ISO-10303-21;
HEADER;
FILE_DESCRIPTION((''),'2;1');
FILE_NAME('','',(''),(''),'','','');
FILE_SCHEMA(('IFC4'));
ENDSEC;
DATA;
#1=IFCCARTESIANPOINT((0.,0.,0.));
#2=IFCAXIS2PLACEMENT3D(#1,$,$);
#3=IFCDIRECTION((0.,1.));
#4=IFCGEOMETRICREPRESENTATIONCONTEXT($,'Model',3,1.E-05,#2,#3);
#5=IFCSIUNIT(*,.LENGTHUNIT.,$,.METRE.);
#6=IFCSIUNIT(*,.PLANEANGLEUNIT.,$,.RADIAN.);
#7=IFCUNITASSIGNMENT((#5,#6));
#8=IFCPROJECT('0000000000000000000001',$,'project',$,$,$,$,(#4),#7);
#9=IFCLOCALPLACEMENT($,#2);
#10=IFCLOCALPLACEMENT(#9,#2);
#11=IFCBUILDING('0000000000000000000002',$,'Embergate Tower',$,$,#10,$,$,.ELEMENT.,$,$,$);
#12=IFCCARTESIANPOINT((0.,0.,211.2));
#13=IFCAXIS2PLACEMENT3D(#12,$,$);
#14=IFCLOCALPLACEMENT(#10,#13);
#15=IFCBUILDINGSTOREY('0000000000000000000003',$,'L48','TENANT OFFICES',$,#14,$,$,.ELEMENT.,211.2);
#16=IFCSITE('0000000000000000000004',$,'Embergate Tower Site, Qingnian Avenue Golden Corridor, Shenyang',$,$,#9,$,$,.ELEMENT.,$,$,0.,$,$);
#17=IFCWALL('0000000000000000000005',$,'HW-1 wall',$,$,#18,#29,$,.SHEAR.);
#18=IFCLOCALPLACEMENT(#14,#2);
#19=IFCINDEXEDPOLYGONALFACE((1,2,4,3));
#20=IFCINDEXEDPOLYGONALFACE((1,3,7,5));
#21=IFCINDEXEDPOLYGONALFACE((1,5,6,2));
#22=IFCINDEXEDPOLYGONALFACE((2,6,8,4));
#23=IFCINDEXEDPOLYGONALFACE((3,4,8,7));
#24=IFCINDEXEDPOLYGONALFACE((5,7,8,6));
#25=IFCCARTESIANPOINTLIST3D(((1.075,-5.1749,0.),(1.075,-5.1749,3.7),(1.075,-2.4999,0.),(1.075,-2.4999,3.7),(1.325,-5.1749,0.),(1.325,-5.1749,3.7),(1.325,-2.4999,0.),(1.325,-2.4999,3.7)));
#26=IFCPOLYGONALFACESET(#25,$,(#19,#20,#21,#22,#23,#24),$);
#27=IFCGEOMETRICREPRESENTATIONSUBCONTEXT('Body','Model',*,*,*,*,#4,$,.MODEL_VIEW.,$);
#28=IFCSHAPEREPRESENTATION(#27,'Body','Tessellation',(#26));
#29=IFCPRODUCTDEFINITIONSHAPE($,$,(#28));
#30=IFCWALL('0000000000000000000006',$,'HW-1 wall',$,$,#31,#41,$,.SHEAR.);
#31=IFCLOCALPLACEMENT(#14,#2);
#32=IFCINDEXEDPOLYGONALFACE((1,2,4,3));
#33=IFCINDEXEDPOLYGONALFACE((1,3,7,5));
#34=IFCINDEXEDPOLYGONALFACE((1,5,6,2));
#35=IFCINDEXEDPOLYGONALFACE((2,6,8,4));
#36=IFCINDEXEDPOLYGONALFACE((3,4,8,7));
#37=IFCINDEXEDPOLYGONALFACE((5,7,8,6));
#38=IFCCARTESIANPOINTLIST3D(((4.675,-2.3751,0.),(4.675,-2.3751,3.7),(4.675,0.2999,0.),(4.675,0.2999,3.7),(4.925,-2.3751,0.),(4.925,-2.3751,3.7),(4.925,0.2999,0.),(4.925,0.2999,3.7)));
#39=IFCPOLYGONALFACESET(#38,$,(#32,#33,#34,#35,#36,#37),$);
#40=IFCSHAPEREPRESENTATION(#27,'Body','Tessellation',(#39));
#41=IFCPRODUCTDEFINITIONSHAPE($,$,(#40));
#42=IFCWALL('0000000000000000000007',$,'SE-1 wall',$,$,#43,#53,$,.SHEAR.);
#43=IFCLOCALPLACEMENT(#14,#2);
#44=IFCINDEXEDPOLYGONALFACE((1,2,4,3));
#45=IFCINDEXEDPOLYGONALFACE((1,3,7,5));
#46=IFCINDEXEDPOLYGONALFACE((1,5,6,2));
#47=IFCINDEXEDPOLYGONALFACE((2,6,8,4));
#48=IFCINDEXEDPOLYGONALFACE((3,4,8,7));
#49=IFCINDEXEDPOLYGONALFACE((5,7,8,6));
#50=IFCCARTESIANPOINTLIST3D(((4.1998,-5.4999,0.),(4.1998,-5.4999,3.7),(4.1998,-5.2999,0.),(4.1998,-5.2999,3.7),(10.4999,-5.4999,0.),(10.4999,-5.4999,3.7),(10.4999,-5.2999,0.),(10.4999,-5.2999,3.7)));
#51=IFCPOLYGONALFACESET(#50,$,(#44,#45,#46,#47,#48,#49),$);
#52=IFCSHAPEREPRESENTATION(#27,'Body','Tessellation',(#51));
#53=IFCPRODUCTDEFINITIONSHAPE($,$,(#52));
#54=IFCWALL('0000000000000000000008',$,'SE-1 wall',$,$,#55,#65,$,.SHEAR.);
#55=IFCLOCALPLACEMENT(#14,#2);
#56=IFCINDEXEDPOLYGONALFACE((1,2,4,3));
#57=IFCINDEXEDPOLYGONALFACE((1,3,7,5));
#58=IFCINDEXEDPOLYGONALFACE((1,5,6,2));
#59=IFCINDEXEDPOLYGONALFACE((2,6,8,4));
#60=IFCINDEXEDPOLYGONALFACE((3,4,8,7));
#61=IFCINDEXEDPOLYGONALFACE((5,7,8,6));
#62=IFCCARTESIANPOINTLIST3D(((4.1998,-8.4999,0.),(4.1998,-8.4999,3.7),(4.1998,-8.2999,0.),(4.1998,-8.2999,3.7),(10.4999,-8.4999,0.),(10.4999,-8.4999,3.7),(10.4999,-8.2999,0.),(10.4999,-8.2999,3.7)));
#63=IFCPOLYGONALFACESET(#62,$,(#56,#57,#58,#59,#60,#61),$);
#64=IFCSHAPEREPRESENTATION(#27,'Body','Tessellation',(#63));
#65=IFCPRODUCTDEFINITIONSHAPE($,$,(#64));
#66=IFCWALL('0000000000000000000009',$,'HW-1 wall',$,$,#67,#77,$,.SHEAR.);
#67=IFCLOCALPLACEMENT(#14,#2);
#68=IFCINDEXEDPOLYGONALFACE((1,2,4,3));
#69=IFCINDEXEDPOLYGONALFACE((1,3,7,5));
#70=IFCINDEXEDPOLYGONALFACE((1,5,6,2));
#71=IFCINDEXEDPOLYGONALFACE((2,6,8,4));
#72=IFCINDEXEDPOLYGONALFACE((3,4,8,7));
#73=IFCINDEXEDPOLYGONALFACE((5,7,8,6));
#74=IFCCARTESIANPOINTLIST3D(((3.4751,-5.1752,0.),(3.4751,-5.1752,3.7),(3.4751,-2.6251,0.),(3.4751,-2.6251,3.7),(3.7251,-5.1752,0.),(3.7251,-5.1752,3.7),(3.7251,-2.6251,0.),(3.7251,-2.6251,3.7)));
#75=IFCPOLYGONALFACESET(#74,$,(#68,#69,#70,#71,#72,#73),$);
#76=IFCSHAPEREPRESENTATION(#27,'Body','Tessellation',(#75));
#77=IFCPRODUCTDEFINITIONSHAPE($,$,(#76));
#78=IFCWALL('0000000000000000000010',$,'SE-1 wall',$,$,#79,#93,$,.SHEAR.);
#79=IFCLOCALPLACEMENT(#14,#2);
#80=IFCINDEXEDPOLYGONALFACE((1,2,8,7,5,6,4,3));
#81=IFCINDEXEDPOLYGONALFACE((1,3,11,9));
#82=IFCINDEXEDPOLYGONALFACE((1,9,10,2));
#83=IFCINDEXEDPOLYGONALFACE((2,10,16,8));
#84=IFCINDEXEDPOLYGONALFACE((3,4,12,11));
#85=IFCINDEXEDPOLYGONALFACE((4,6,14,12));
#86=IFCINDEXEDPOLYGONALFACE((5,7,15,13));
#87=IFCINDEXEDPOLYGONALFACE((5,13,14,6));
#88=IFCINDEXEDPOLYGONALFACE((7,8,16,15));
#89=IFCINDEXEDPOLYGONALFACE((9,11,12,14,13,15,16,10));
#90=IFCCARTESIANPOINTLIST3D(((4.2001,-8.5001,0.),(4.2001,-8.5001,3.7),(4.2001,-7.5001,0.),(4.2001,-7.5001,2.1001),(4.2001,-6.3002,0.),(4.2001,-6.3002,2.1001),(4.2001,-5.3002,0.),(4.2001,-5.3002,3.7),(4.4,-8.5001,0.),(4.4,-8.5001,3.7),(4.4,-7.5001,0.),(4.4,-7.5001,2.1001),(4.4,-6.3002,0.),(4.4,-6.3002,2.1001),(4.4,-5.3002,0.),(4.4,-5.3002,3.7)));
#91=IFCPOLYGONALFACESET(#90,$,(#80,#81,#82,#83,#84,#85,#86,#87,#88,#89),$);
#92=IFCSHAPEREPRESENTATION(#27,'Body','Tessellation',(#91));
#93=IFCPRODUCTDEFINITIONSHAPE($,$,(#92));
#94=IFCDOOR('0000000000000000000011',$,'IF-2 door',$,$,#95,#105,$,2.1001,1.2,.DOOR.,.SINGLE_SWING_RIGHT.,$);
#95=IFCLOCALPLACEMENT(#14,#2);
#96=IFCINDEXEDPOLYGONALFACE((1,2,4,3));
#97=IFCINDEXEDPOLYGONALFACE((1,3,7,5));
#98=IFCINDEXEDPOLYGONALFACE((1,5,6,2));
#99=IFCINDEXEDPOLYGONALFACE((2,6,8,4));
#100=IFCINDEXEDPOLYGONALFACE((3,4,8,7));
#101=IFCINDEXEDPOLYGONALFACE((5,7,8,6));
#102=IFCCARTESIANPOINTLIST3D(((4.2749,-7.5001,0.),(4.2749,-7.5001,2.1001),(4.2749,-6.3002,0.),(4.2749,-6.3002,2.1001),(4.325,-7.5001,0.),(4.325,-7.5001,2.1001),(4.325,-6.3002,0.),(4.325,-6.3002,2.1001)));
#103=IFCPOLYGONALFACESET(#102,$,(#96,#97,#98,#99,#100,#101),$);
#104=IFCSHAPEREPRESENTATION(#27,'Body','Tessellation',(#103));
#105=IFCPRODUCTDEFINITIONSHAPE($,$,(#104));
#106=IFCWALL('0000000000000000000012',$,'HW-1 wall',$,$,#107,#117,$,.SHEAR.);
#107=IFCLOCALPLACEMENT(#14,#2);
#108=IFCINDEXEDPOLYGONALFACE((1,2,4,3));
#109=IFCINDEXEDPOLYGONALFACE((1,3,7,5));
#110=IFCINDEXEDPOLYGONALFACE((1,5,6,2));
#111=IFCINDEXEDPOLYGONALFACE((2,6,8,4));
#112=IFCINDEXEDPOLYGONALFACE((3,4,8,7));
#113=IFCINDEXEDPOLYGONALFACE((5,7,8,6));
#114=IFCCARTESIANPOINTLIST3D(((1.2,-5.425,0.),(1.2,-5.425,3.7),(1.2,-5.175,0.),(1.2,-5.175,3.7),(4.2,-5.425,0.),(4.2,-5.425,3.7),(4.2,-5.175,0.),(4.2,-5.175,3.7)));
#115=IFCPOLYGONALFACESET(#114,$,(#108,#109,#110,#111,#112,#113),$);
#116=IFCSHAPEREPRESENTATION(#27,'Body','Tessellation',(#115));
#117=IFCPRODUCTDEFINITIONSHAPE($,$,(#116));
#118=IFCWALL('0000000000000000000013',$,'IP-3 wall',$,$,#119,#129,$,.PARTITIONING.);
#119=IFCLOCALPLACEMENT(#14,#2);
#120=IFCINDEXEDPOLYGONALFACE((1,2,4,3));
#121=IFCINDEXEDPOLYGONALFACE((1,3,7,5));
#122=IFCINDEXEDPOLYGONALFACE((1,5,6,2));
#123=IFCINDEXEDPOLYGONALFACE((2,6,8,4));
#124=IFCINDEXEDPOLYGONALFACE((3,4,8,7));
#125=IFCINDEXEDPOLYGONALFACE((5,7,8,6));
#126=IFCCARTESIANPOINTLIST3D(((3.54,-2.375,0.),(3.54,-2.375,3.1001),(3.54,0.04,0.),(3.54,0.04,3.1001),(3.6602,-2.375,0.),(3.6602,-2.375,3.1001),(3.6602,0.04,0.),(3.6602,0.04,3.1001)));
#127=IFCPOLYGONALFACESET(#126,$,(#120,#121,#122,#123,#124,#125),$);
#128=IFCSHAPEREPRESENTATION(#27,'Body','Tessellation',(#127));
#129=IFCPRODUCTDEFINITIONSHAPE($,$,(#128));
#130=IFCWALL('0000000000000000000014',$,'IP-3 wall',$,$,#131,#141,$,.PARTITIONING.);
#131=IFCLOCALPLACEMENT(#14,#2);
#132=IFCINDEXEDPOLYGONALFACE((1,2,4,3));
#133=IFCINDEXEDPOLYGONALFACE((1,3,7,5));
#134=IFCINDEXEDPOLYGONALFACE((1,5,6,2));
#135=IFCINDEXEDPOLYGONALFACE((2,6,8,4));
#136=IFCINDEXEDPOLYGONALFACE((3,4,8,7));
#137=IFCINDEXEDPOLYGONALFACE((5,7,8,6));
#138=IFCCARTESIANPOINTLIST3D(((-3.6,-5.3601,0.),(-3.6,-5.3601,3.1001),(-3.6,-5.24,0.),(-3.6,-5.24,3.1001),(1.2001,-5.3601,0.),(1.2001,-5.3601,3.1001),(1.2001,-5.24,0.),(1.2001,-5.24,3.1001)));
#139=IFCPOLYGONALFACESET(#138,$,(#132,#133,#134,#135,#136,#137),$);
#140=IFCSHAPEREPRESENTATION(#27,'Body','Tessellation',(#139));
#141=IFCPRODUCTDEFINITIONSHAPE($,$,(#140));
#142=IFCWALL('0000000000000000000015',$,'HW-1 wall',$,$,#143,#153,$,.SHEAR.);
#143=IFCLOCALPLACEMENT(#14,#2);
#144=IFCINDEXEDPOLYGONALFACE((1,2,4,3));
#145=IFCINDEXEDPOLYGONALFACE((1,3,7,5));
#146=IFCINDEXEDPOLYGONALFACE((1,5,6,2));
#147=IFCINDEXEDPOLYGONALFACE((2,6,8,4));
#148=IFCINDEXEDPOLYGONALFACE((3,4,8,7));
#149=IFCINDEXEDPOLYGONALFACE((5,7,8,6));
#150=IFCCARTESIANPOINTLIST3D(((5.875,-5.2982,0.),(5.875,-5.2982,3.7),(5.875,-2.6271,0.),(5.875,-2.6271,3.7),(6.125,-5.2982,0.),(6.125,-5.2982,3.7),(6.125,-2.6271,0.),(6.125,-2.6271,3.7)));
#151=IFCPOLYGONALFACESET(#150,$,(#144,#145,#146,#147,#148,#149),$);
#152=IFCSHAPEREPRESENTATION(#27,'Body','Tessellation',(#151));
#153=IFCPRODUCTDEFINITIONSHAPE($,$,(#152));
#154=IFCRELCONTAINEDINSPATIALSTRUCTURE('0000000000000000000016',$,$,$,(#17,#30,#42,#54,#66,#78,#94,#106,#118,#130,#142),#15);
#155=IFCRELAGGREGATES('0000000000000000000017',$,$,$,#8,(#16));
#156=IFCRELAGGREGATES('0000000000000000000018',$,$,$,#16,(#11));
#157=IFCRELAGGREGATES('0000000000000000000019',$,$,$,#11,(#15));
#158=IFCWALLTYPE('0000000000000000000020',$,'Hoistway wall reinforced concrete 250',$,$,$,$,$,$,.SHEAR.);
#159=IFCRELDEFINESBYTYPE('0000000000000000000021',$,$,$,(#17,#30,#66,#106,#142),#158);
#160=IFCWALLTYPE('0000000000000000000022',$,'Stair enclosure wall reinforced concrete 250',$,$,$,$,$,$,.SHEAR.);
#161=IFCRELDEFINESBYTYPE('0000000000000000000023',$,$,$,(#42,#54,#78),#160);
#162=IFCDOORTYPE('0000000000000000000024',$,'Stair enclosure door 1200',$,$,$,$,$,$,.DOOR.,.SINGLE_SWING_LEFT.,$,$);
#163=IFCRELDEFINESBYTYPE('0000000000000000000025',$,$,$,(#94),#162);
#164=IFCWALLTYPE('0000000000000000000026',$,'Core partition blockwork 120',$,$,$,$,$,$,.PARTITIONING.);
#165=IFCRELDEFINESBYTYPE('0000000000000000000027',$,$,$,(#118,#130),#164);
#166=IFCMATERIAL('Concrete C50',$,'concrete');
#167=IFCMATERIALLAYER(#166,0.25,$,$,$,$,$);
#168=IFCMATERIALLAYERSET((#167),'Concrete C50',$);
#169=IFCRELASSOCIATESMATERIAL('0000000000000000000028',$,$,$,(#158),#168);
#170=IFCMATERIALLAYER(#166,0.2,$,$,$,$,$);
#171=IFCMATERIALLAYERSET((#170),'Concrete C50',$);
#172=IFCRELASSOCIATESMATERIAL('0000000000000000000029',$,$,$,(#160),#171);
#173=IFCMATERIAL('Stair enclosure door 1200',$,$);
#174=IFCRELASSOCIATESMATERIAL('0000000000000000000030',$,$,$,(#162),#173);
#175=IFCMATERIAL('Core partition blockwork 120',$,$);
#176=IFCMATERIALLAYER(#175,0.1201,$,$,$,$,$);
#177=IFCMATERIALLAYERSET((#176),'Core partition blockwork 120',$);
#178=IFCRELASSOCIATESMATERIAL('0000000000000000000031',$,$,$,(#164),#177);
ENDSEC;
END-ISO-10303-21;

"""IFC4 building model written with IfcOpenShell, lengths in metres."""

from ifc_helpers import new_model, si_unit, direction, frame, frame_2d, origin, place, context, subcontext, project, spatial, rectangle, extrude, source, transform, mapped, material, layer, layer_set, type_object, element, fill, save


model = new_model("IFC4")

# Units and contexts
model_context = context("Model", 3, precision=1e-05, world=origin(), true_north=direction((0.0, 1.0)))
body_context = subcontext(model_context, "Body", "Model", "MODEL_VIEW")
ifc_project = project(units=[si_unit("LENGTHUNIT", "METRE"), si_unit("PLANEANGLEUNIT", "RADIAN")], contexts=[model_context])

# Site, building, storey
site_placement = place(None, origin())
site = spatial("IfcSite", under=ifc_project, at=site_placement, Name="Embergate Tower Site, Qingnian Avenue Golden Corridor, Shenyang", CompositionType="ELEMENT", RefElevation=0.0)
building_placement = place(site_placement, origin())
building = spatial("IfcBuilding", under=site, at=building_placement, Name="Embergate Tower", CompositionType="ELEMENT")
storey_placement = place(building_placement, frame((0.0, 0.0, 211.2)))
storey = spatial("IfcBuildingStorey", under=building, at=storey_placement, Name="L48", Description="TENANT OFFICES", CompositionType="ELEMENT", Elevation=211.2)

# Walls
ifc_material_1 = material(Name="Concrete C50", Category="concrete")
ifc_layer_1 = layer(ifc_material_1, 0.25)
ifc_layer_set_1 = layer_set([ifc_layer_1], Name="Concrete C50")
wall_type_1 = type_object("IfcWallType", Name="Hoistway wall reinforced concrete 250", PredefinedType="SHEAR", material=ifc_layer_set_1)
shared_shape_1 = source(origin(), body_context, "Body", "SweptSolid", [
    extrude(rectangle(XDim=2.675, YDim=0.25, at=frame_2d((1.3374, 0.0))), origin(), (0.0, 0.0, 1.0), 3.7),
])
for number, where, z_axis, x_axis, name in (
    (1, (1.2, -2.5, 0.0), (0.0, 0.0, 1.0), (0.0, -1.0, 0.0), "HW-1 wall"),
    (2, (4.8, -2.375, 0.0), (0.0, 0.0, 1.0), (0.0, 1.0, 0.0), "HW-1 wall"),
):
    element("IfcWall", number, at=place(storey_placement, frame(where, z_axis=z_axis, x_axis=x_axis)), inside=storey, type_object=wall_type_1, Name=name, PredefinedType="SHEAR", context=body_context, shape_type="MappedRepresentation", body=[
        mapped(shared_shape_1, transform((0.0, 0.0, 0.0))),
    ])
ifc_layer_2 = layer(ifc_material_1, 0.2)
ifc_layer_set_2 = layer_set([ifc_layer_2], Name="Concrete C50")
wall_type_2 = type_object("IfcWallType", Name="Stair enclosure wall reinforced concrete 250", PredefinedType="SHEAR", material=ifc_layer_set_2)
shared_shape_2 = source(origin(), body_context, "Body", "SweptSolid", [
    extrude(rectangle(XDim=6.3, YDim=0.2, at=frame_2d((3.1499, 0.0))), origin(), (0.0, 0.0, 1.0), 3.7),
])
for number, where, z_axis, x_axis, name in (
    (3, (4.2, -5.3999, 0.0), (0.0, 0.0, 1.0), (1.0, 0.0, 0.0), "SE-1 wall"),
    (4, (4.2, -8.3999, 0.0), (0.0, 0.0, 1.0), (1.0, 0.0, 0.0), "SE-1 wall"),
):
    element("IfcWall", number, at=place(storey_placement, frame(where, z_axis=z_axis, x_axis=x_axis)), inside=storey, type_object=wall_type_2, Name=name, PredefinedType="SHEAR", context=body_context, shape_type="MappedRepresentation", body=[
        mapped(shared_shape_2, transform((0.0, 0.0, 0.0))),
    ])
shared_shape_3 = source(origin(), body_context, "Body", "SweptSolid", [
    extrude(rectangle(XDim=2.55, YDim=0.25, at=frame_2d((1.2749, 0.0))), origin(), (0.0, 0.0, 1.0), 3.7),
])
wall_1_placement = place(storey_placement, frame((3.6001, -5.175, 0.0), z_axis=(0.0, 0.0, 1.0), x_axis=(0.0, 1.0, 0.0)))
element("IfcWall", 5, at=wall_1_placement, inside=storey, type_object=wall_type_1, Name="HW-1 wall", PredefinedType="SHEAR", context=body_context, shape_type="MappedRepresentation", body=[
    mapped(shared_shape_3, transform((0.0, 0.0, 0.0))),
])

# Wall, opening, door
shared_shape_4 = source(origin(), body_context, "Body", "SweptSolid", [
    extrude(rectangle(XDim=3.2, YDim=0.2, at=frame_2d((1.6001, 0.0))), origin(), (0.0, 0.0, 1.0), 3.7),
])
wall_2_placement = place(storey_placement, frame((4.3, -5.3, 0.0), z_axis=(0.0, 0.0, 1.0), x_axis=(0.0, -1.0, 0.0)))
wall_2 = element("IfcWall", 6, at=wall_2_placement, inside=storey, type_object=wall_type_2, Name="SE-1 wall", PredefinedType="SHEAR", context=body_context, shape_type="MappedRepresentation", body=[
    mapped(shared_shape_4, transform((0.0, 0.0, 0.0))),
])
shared_shape_5 = source(origin(), body_context, "Body", "SweptSolid", [
    extrude(rectangle(XDim=1.2, YDim=2.1001, at=frame_2d((0.6001, 1.05))), frame((0.0, 0.1099, 0.0), z_axis=(0.0, -1.0, 0.0), x_axis=(1.0, 0.0, 0.0)), (0.0, 0.0, 1.0), 0.22),
])
opening_placement = place(wall_2_placement, frame((1.0, 0.0, 0.0)))
opening = element("IfcOpeningElement", 7, at=opening_placement, cuts=wall_2, PredefinedType="OPENING", context=body_context, shape_type="MappedRepresentation", body=[
    mapped(shared_shape_5, transform((0.0, 0.0, 0.0))),
])
ifc_material_2 = material(Name="Stair enclosure door 1200")
door_type = type_object("IfcDoorType", Name="Stair enclosure door 1200", OperationType="SINGLE_SWING_LEFT", PredefinedType="DOOR", material=ifc_material_2)
shared_shape_6 = source(origin(), body_context, "Body", "SweptSolid", [
    extrude(rectangle(XDim=1.2, YDim=2.1001, at=frame_2d((0.6001, 1.05))), frame((0.0, 0.0249, 0.0), z_axis=(0.0, -1.0, 0.0), x_axis=(1.0, 0.0, 0.0)), (0.0, 0.0, 1.0), 0.05),
])
door_placement = place(opening_placement, origin())
door = element("IfcDoor", 8, at=door_placement, inside=storey, type_object=door_type, Name="IF-2 door", OperationType="SINGLE_SWING_RIGHT", OverallHeight=2.1001, OverallWidth=1.2, PredefinedType="DOOR", context=body_context, shape_type="MappedRepresentation", body=[
    mapped(shared_shape_6, transform((0.0, 0.0, 0.0))),
])
fill(opening, door)

# Walls
shared_shape_7 = source(origin(), body_context, "Body", "SweptSolid", [
    extrude(rectangle(XDim=3.0, YDim=0.25, at=frame_2d((1.5, 0.0))), origin(), (0.0, 0.0, 1.0), 3.7),
])
wall_3_placement = place(storey_placement, frame((1.2, -5.3, 0.0), z_axis=(0.0, 0.0, 1.0), x_axis=(1.0, 0.0, 0.0)))
element("IfcWall", 9, at=wall_3_placement, inside=storey, type_object=wall_type_1, Name="HW-1 wall", PredefinedType="SHEAR", context=body_context, shape_type="MappedRepresentation", body=[
    mapped(shared_shape_7, transform((0.0, 0.0, 0.0))),
])
ifc_material_3 = material(Name="Core partition blockwork 120")
ifc_layer_3 = layer(ifc_material_3, 0.1201)
ifc_layer_set_3 = layer_set([ifc_layer_3], Name="Core partition blockwork 120")
wall_type_3 = type_object("IfcWallType", Name="Core partition blockwork 120", PredefinedType="PARTITIONING", material=ifc_layer_set_3)
shared_shape_8 = source(origin(), body_context, "Body", "SweptSolid", [
    extrude(rectangle(XDim=2.415, YDim=0.1201, at=frame_2d((1.2075, 0.0))), origin(), (0.0, 0.0, 1.0), 3.1001),
])
wall_4_placement = place(storey_placement, frame((3.6001, -2.375, 0.0), z_axis=(0.0, 0.0, 1.0), x_axis=(0.0, 1.0, 0.0)))
element("IfcWall", 10, at=wall_4_placement, inside=storey, type_object=wall_type_3, Name="IP-3 wall", PredefinedType="PARTITIONING", context=body_context, shape_type="MappedRepresentation", body=[
    mapped(shared_shape_8, transform((0.0, 0.0, 0.0))),
])
shared_shape_9 = source(origin(), body_context, "Body", "SweptSolid", [
    extrude(rectangle(XDim=4.8, YDim=0.1201, at=frame_2d((2.3999, 0.0))), origin(), (0.0, 0.0, 1.0), 3.1001),
])
wall_5_placement = place(storey_placement, frame((1.2, -5.3, 0.0), z_axis=(0.0, 0.0, 1.0), x_axis=(-1.0, 0.0, 0.0)))
element("IfcWall", 11, at=wall_5_placement, inside=storey, type_object=wall_type_3, Name="IP-3 wall", PredefinedType="PARTITIONING", context=body_context, shape_type="MappedRepresentation", body=[
    mapped(shared_shape_9, transform((0.0, 0.0, 0.0))),
])
shared_shape_10 = source(origin(), body_context, "Body", "SweptSolid", [
    extrude(rectangle(XDim=2.6711, YDim=0.25, at=frame_2d((1.3354, 0.0))), origin(), (0.0, 0.0, 1.0), 3.7),
])
wall_6_placement = place(storey_placement, frame((6.0, -5.2981, 0.0), z_axis=(0.0, 0.0, 1.0), x_axis=(0.0, 1.0, 0.0)))
element("IfcWall", 12, at=wall_6_placement, inside=storey, type_object=wall_type_1, Name="HW-1 wall", PredefinedType="SHEAR", context=body_context, shape_type="MappedRepresentation", body=[
    mapped(shared_shape_10, transform((0.0, 0.0, 0.0))),
])

save(model, "model.ifc")
